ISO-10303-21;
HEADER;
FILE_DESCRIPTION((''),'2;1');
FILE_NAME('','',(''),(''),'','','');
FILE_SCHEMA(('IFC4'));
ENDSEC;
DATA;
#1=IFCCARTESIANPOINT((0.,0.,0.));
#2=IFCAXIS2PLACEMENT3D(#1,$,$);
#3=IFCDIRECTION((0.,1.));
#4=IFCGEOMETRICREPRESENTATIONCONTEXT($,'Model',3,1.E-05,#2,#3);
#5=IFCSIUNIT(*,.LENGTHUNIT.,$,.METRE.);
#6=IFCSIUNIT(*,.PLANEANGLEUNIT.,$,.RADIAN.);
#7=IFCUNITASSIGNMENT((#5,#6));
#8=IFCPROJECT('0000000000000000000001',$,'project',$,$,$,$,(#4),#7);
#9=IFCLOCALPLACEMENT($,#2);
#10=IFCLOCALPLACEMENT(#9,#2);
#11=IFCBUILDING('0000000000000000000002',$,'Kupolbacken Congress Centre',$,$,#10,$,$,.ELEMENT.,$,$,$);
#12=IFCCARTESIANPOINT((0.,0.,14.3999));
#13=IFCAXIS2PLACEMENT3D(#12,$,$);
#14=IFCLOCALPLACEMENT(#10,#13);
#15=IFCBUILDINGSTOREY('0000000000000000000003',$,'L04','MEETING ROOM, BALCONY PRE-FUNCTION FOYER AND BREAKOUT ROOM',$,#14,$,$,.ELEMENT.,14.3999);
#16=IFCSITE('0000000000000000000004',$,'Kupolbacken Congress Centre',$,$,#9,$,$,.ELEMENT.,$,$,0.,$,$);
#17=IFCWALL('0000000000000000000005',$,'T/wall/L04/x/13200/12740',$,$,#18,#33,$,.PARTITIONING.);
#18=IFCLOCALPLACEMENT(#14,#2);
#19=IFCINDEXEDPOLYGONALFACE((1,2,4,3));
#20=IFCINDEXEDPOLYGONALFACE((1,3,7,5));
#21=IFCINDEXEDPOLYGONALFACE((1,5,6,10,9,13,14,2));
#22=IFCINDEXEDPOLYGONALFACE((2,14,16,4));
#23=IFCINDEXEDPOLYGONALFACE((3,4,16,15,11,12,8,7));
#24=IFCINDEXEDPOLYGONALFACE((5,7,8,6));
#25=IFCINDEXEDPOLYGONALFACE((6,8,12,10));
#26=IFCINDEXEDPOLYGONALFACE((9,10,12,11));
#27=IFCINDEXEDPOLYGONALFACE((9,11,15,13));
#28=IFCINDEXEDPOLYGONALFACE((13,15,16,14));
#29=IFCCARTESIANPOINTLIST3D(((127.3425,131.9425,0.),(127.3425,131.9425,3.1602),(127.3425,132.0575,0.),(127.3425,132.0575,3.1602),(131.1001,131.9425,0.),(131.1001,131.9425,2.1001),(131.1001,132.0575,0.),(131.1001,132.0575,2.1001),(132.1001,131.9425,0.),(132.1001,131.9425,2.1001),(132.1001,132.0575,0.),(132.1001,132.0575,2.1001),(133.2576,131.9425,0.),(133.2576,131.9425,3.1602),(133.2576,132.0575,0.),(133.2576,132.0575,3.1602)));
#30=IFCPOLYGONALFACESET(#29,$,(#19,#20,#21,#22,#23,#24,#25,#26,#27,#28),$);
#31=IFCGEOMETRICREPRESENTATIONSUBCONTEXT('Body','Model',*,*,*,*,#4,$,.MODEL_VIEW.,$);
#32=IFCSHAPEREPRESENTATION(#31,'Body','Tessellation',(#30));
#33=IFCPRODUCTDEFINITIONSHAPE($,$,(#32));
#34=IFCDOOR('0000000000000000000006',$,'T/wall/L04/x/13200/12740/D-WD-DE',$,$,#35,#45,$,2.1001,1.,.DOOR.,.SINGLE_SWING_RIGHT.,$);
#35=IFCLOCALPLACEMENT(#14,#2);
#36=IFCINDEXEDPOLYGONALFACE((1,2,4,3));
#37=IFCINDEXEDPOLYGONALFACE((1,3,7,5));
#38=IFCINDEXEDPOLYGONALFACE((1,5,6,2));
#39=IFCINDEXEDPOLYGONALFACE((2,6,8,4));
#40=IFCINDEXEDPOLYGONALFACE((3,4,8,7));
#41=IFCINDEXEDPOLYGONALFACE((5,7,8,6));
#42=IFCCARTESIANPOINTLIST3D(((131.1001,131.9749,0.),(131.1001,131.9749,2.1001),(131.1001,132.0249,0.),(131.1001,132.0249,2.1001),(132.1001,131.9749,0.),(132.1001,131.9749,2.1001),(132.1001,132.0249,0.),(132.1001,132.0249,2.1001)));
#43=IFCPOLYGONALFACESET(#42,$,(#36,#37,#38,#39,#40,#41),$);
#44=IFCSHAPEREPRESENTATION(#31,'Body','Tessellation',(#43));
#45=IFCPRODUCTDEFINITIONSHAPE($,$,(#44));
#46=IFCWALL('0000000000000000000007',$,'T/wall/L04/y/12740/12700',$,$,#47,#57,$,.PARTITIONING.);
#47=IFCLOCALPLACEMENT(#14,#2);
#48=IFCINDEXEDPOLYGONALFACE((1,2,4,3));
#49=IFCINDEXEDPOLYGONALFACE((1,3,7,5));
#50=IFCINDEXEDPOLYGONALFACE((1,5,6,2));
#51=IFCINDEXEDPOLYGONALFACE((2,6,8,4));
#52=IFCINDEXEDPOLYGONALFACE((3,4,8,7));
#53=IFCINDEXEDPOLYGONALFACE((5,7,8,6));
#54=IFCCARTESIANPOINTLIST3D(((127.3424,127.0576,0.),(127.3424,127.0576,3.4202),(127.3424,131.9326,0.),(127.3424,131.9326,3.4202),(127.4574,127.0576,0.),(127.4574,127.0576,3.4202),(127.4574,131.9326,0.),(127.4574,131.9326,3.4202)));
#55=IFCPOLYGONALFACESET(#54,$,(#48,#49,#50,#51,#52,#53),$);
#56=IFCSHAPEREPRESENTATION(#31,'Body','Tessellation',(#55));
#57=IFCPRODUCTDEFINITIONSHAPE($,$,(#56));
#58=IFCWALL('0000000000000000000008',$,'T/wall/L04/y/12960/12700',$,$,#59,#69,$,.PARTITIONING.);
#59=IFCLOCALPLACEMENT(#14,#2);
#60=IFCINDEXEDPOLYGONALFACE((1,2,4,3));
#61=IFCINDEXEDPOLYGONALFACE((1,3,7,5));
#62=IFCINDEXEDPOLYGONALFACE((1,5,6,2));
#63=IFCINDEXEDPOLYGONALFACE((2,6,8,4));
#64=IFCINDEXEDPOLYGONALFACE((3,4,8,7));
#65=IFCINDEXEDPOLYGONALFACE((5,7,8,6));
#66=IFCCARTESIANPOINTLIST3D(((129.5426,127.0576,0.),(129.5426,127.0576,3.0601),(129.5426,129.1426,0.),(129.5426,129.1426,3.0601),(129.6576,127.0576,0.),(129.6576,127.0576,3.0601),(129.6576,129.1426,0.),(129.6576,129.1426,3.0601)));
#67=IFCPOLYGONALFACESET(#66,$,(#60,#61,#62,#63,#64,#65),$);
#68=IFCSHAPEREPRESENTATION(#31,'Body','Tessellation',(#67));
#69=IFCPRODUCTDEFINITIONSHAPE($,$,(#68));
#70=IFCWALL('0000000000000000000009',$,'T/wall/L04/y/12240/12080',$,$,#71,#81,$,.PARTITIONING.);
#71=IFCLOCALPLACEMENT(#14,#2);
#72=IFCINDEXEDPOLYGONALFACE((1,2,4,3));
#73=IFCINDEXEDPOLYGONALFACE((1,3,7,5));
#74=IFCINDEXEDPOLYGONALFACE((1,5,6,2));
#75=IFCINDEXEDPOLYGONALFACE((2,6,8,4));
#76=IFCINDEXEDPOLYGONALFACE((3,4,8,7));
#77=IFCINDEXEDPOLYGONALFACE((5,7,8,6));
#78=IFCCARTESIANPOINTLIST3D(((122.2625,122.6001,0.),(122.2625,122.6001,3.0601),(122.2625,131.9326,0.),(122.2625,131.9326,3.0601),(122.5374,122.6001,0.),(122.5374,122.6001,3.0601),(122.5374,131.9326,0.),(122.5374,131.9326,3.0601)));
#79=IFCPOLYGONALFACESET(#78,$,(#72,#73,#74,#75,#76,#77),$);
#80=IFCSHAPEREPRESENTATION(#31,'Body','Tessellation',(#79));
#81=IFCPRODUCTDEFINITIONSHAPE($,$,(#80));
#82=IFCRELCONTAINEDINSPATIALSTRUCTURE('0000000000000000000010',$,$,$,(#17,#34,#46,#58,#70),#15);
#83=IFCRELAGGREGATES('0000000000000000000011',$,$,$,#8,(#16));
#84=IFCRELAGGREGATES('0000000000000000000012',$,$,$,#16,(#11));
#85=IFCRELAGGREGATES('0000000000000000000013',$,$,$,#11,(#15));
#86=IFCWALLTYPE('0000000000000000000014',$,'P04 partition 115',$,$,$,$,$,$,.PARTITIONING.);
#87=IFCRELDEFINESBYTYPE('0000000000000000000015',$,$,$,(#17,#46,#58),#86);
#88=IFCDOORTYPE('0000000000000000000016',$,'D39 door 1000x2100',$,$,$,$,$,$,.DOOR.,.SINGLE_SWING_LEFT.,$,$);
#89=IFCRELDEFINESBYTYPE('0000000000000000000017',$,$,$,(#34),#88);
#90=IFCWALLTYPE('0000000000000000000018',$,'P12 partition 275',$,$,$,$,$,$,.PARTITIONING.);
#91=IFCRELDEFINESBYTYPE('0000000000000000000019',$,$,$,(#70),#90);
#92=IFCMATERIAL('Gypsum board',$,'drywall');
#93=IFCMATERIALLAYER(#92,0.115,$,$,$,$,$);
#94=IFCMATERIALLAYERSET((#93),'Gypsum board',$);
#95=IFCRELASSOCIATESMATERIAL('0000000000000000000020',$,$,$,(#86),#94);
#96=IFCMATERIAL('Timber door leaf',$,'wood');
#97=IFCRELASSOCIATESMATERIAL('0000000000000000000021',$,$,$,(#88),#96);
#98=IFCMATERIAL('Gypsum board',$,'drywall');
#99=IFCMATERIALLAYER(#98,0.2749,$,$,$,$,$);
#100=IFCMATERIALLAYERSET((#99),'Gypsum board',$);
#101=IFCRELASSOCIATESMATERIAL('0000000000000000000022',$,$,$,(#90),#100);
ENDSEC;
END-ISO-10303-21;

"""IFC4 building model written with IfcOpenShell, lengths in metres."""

from ifc_helpers import new_model, si_unit, direction, frame, frame_2d, origin, place, context, subcontext, project, spatial, rectangle, extrude, material, layer, layer_set, type_object, element, fill, save


model = new_model("IFC4")

# Units and contexts
model_context = context("Model", 3, precision=1e-05, world=origin(), true_north=direction((0.0, 1.0)))
body_context = subcontext(model_context, "Body", "Model", "MODEL_VIEW")
ifc_project = project(units=[si_unit("LENGTHUNIT", "METRE"), si_unit("PLANEANGLEUNIT", "RADIAN")], contexts=[model_context])

# Site, building, storey
site_placement = place(None, origin())
site = spatial("IfcSite", under=ifc_project, at=site_placement, Name="Kupolbacken Congress Centre", CompositionType="ELEMENT", RefElevation=0.0)
building_placement = place(site_placement, origin())
building = spatial("IfcBuilding", under=site, at=building_placement, Name="Kupolbacken Congress Centre", CompositionType="ELEMENT")
storey_placement = place(building_placement, frame((0.0, 0.0, 14.3999)))
storey = spatial("IfcBuildingStorey", under=building, at=storey_placement, Name="L04", Description="MEETING ROOM, BALCONY PRE-FUNCTION FOYER AND BREAKOUT ROOM", CompositionType="ELEMENT", Elevation=14.3999)

# Shared definitions
ifc_material_1 = material(Name="Gypsum board", Category="drywall")
ifc_layer_1 = layer(ifc_material_1, 0.115)
ifc_layer_set_1 = layer_set([ifc_layer_1], Name="Gypsum board")
wall_type_1 = type_object("IfcWallType", Name="P04 partition 115", PredefinedType="PARTITIONING", material=ifc_layer_set_1)

# Shared definitions
ifc_material_2 = material(Name="Timber door leaf", Category="wood")
door_type_1 = type_object("IfcDoorType", Name="D39 door 1000x2100", OperationType="SINGLE_SWING_LEFT", PredefinedType="DOOR", material=ifc_material_2)

# Wall, opening, door
wall_1_placement = place(storey_placement, frame((127.3425, 132.0, 0.0), z_axis=(0.0, 0.0, 1.0), x_axis=(1.0, 0.0, 0.0)))
wall_1 = element("IfcWall", 1, at=wall_1_placement, inside=storey, type_object=wall_type_1, Name="T/wall/L04/x/13200/12740", PredefinedType="PARTITIONING", context=body_context, shape_type="SweptSolid", body=[
    extrude(rectangle(XDim=5.915, YDim=0.115, at=frame_2d((2.9575, 0.0))), origin(), (0.0, 0.0, 1.0), 3.1602),
])
opening_1_placement = place(wall_1_placement, frame((3.7576, 0.0, 0.0)))
opening_1 = element("IfcOpeningElement", 2, at=opening_1_placement, cuts=wall_1, PredefinedType="OPENING", context=body_context, shape_type="SweptSolid", body=[
    extrude(rectangle(XDim=1.0, YDim=2.1001, at=frame_2d((0.5, 1.05))), frame((0.0, 0.0674, 0.0), z_axis=(0.0, -1.0, 0.0), x_axis=(1.0, 0.0, 0.0)), (0.0, 0.0, 1.0), 0.135),
])
door_1_placement = place(opening_1_placement, origin())
door_1 = element("IfcDoor", 3, at=door_1_placement, inside=storey, type_object=door_type_1, Name="T/wall/L04/x/13200/12740/D-WD-DE", OperationType="SINGLE_SWING_RIGHT", OverallHeight=2.1001, OverallWidth=1.0, PredefinedType="DOOR", context=body_context, shape_type="SweptSolid", body=[
    extrude(rectangle(XDim=1.0, YDim=2.1001, at=frame_2d((0.5, 1.05))), frame((0.0, 0.0249, 0.0), z_axis=(0.0, -1.0, 0.0), x_axis=(1.0, 0.0, 0.0)), (0.0, 0.0, 1.0), 0.05),
])
fill(opening_1, door_1)

# Walls
wall_2_placement = place(storey_placement, frame((127.3999, 127.0576, 0.0), z_axis=(0.0, 0.0, 1.0), x_axis=(0.0, 1.0, 0.0)))
element("IfcWall", 4, at=wall_2_placement, inside=storey, type_object=wall_type_1, Name="T/wall/L04/y/12740/12700", PredefinedType="PARTITIONING", context=body_context, shape_type="SweptSolid", body=[
    extrude(rectangle(XDim=4.875, YDim=0.115, at=frame_2d((2.4375, 0.0))), origin(), (0.0, 0.0, 1.0), 3.4202),
])
wall_3_placement = place(storey_placement, frame((129.6001, 127.0576, 0.0), z_axis=(0.0, 0.0, 1.0), x_axis=(0.0, 1.0, 0.0)))
element("IfcWall", 5, at=wall_3_placement, inside=storey, type_object=wall_type_1, Name="T/wall/L04/y/12960/12700", PredefinedType="PARTITIONING", context=body_context, shape_type="SweptSolid", body=[
    extrude(rectangle(XDim=2.085, YDim=0.115, at=frame_2d((1.0425, 0.0))), origin(), (0.0, 0.0, 1.0), 3.0601),
])
ifc_material_3 = material(Name="Gypsum board", Category="drywall")
ifc_layer_2 = layer(ifc_material_3, 0.2749)
ifc_layer_set_2 = layer_set([ifc_layer_2], Name="Gypsum board")
wall_type_2 = type_object("IfcWallType", Name="P12 partition 275", PredefinedType="PARTITIONING", material=ifc_layer_set_2)
wall_4_placement = place(storey_placement, frame((122.3999, 122.6001, 0.0), z_axis=(0.0, 0.0, 1.0), x_axis=(0.0, 1.0, 0.0)))
element("IfcWall", 6, at=wall_4_placement, inside=storey, type_object=wall_type_2, Name="T/wall/L04/y/12240/12080", PredefinedType="PARTITIONING", context=body_context, shape_type="SweptSolid", body=[
    extrude(rectangle(XDim=9.3325, YDim=0.2749, at=frame_2d((4.6663, 0.0))), origin(), (0.0, 0.0, 1.0), 3.0601),
])

save(model, "model.ifc")
